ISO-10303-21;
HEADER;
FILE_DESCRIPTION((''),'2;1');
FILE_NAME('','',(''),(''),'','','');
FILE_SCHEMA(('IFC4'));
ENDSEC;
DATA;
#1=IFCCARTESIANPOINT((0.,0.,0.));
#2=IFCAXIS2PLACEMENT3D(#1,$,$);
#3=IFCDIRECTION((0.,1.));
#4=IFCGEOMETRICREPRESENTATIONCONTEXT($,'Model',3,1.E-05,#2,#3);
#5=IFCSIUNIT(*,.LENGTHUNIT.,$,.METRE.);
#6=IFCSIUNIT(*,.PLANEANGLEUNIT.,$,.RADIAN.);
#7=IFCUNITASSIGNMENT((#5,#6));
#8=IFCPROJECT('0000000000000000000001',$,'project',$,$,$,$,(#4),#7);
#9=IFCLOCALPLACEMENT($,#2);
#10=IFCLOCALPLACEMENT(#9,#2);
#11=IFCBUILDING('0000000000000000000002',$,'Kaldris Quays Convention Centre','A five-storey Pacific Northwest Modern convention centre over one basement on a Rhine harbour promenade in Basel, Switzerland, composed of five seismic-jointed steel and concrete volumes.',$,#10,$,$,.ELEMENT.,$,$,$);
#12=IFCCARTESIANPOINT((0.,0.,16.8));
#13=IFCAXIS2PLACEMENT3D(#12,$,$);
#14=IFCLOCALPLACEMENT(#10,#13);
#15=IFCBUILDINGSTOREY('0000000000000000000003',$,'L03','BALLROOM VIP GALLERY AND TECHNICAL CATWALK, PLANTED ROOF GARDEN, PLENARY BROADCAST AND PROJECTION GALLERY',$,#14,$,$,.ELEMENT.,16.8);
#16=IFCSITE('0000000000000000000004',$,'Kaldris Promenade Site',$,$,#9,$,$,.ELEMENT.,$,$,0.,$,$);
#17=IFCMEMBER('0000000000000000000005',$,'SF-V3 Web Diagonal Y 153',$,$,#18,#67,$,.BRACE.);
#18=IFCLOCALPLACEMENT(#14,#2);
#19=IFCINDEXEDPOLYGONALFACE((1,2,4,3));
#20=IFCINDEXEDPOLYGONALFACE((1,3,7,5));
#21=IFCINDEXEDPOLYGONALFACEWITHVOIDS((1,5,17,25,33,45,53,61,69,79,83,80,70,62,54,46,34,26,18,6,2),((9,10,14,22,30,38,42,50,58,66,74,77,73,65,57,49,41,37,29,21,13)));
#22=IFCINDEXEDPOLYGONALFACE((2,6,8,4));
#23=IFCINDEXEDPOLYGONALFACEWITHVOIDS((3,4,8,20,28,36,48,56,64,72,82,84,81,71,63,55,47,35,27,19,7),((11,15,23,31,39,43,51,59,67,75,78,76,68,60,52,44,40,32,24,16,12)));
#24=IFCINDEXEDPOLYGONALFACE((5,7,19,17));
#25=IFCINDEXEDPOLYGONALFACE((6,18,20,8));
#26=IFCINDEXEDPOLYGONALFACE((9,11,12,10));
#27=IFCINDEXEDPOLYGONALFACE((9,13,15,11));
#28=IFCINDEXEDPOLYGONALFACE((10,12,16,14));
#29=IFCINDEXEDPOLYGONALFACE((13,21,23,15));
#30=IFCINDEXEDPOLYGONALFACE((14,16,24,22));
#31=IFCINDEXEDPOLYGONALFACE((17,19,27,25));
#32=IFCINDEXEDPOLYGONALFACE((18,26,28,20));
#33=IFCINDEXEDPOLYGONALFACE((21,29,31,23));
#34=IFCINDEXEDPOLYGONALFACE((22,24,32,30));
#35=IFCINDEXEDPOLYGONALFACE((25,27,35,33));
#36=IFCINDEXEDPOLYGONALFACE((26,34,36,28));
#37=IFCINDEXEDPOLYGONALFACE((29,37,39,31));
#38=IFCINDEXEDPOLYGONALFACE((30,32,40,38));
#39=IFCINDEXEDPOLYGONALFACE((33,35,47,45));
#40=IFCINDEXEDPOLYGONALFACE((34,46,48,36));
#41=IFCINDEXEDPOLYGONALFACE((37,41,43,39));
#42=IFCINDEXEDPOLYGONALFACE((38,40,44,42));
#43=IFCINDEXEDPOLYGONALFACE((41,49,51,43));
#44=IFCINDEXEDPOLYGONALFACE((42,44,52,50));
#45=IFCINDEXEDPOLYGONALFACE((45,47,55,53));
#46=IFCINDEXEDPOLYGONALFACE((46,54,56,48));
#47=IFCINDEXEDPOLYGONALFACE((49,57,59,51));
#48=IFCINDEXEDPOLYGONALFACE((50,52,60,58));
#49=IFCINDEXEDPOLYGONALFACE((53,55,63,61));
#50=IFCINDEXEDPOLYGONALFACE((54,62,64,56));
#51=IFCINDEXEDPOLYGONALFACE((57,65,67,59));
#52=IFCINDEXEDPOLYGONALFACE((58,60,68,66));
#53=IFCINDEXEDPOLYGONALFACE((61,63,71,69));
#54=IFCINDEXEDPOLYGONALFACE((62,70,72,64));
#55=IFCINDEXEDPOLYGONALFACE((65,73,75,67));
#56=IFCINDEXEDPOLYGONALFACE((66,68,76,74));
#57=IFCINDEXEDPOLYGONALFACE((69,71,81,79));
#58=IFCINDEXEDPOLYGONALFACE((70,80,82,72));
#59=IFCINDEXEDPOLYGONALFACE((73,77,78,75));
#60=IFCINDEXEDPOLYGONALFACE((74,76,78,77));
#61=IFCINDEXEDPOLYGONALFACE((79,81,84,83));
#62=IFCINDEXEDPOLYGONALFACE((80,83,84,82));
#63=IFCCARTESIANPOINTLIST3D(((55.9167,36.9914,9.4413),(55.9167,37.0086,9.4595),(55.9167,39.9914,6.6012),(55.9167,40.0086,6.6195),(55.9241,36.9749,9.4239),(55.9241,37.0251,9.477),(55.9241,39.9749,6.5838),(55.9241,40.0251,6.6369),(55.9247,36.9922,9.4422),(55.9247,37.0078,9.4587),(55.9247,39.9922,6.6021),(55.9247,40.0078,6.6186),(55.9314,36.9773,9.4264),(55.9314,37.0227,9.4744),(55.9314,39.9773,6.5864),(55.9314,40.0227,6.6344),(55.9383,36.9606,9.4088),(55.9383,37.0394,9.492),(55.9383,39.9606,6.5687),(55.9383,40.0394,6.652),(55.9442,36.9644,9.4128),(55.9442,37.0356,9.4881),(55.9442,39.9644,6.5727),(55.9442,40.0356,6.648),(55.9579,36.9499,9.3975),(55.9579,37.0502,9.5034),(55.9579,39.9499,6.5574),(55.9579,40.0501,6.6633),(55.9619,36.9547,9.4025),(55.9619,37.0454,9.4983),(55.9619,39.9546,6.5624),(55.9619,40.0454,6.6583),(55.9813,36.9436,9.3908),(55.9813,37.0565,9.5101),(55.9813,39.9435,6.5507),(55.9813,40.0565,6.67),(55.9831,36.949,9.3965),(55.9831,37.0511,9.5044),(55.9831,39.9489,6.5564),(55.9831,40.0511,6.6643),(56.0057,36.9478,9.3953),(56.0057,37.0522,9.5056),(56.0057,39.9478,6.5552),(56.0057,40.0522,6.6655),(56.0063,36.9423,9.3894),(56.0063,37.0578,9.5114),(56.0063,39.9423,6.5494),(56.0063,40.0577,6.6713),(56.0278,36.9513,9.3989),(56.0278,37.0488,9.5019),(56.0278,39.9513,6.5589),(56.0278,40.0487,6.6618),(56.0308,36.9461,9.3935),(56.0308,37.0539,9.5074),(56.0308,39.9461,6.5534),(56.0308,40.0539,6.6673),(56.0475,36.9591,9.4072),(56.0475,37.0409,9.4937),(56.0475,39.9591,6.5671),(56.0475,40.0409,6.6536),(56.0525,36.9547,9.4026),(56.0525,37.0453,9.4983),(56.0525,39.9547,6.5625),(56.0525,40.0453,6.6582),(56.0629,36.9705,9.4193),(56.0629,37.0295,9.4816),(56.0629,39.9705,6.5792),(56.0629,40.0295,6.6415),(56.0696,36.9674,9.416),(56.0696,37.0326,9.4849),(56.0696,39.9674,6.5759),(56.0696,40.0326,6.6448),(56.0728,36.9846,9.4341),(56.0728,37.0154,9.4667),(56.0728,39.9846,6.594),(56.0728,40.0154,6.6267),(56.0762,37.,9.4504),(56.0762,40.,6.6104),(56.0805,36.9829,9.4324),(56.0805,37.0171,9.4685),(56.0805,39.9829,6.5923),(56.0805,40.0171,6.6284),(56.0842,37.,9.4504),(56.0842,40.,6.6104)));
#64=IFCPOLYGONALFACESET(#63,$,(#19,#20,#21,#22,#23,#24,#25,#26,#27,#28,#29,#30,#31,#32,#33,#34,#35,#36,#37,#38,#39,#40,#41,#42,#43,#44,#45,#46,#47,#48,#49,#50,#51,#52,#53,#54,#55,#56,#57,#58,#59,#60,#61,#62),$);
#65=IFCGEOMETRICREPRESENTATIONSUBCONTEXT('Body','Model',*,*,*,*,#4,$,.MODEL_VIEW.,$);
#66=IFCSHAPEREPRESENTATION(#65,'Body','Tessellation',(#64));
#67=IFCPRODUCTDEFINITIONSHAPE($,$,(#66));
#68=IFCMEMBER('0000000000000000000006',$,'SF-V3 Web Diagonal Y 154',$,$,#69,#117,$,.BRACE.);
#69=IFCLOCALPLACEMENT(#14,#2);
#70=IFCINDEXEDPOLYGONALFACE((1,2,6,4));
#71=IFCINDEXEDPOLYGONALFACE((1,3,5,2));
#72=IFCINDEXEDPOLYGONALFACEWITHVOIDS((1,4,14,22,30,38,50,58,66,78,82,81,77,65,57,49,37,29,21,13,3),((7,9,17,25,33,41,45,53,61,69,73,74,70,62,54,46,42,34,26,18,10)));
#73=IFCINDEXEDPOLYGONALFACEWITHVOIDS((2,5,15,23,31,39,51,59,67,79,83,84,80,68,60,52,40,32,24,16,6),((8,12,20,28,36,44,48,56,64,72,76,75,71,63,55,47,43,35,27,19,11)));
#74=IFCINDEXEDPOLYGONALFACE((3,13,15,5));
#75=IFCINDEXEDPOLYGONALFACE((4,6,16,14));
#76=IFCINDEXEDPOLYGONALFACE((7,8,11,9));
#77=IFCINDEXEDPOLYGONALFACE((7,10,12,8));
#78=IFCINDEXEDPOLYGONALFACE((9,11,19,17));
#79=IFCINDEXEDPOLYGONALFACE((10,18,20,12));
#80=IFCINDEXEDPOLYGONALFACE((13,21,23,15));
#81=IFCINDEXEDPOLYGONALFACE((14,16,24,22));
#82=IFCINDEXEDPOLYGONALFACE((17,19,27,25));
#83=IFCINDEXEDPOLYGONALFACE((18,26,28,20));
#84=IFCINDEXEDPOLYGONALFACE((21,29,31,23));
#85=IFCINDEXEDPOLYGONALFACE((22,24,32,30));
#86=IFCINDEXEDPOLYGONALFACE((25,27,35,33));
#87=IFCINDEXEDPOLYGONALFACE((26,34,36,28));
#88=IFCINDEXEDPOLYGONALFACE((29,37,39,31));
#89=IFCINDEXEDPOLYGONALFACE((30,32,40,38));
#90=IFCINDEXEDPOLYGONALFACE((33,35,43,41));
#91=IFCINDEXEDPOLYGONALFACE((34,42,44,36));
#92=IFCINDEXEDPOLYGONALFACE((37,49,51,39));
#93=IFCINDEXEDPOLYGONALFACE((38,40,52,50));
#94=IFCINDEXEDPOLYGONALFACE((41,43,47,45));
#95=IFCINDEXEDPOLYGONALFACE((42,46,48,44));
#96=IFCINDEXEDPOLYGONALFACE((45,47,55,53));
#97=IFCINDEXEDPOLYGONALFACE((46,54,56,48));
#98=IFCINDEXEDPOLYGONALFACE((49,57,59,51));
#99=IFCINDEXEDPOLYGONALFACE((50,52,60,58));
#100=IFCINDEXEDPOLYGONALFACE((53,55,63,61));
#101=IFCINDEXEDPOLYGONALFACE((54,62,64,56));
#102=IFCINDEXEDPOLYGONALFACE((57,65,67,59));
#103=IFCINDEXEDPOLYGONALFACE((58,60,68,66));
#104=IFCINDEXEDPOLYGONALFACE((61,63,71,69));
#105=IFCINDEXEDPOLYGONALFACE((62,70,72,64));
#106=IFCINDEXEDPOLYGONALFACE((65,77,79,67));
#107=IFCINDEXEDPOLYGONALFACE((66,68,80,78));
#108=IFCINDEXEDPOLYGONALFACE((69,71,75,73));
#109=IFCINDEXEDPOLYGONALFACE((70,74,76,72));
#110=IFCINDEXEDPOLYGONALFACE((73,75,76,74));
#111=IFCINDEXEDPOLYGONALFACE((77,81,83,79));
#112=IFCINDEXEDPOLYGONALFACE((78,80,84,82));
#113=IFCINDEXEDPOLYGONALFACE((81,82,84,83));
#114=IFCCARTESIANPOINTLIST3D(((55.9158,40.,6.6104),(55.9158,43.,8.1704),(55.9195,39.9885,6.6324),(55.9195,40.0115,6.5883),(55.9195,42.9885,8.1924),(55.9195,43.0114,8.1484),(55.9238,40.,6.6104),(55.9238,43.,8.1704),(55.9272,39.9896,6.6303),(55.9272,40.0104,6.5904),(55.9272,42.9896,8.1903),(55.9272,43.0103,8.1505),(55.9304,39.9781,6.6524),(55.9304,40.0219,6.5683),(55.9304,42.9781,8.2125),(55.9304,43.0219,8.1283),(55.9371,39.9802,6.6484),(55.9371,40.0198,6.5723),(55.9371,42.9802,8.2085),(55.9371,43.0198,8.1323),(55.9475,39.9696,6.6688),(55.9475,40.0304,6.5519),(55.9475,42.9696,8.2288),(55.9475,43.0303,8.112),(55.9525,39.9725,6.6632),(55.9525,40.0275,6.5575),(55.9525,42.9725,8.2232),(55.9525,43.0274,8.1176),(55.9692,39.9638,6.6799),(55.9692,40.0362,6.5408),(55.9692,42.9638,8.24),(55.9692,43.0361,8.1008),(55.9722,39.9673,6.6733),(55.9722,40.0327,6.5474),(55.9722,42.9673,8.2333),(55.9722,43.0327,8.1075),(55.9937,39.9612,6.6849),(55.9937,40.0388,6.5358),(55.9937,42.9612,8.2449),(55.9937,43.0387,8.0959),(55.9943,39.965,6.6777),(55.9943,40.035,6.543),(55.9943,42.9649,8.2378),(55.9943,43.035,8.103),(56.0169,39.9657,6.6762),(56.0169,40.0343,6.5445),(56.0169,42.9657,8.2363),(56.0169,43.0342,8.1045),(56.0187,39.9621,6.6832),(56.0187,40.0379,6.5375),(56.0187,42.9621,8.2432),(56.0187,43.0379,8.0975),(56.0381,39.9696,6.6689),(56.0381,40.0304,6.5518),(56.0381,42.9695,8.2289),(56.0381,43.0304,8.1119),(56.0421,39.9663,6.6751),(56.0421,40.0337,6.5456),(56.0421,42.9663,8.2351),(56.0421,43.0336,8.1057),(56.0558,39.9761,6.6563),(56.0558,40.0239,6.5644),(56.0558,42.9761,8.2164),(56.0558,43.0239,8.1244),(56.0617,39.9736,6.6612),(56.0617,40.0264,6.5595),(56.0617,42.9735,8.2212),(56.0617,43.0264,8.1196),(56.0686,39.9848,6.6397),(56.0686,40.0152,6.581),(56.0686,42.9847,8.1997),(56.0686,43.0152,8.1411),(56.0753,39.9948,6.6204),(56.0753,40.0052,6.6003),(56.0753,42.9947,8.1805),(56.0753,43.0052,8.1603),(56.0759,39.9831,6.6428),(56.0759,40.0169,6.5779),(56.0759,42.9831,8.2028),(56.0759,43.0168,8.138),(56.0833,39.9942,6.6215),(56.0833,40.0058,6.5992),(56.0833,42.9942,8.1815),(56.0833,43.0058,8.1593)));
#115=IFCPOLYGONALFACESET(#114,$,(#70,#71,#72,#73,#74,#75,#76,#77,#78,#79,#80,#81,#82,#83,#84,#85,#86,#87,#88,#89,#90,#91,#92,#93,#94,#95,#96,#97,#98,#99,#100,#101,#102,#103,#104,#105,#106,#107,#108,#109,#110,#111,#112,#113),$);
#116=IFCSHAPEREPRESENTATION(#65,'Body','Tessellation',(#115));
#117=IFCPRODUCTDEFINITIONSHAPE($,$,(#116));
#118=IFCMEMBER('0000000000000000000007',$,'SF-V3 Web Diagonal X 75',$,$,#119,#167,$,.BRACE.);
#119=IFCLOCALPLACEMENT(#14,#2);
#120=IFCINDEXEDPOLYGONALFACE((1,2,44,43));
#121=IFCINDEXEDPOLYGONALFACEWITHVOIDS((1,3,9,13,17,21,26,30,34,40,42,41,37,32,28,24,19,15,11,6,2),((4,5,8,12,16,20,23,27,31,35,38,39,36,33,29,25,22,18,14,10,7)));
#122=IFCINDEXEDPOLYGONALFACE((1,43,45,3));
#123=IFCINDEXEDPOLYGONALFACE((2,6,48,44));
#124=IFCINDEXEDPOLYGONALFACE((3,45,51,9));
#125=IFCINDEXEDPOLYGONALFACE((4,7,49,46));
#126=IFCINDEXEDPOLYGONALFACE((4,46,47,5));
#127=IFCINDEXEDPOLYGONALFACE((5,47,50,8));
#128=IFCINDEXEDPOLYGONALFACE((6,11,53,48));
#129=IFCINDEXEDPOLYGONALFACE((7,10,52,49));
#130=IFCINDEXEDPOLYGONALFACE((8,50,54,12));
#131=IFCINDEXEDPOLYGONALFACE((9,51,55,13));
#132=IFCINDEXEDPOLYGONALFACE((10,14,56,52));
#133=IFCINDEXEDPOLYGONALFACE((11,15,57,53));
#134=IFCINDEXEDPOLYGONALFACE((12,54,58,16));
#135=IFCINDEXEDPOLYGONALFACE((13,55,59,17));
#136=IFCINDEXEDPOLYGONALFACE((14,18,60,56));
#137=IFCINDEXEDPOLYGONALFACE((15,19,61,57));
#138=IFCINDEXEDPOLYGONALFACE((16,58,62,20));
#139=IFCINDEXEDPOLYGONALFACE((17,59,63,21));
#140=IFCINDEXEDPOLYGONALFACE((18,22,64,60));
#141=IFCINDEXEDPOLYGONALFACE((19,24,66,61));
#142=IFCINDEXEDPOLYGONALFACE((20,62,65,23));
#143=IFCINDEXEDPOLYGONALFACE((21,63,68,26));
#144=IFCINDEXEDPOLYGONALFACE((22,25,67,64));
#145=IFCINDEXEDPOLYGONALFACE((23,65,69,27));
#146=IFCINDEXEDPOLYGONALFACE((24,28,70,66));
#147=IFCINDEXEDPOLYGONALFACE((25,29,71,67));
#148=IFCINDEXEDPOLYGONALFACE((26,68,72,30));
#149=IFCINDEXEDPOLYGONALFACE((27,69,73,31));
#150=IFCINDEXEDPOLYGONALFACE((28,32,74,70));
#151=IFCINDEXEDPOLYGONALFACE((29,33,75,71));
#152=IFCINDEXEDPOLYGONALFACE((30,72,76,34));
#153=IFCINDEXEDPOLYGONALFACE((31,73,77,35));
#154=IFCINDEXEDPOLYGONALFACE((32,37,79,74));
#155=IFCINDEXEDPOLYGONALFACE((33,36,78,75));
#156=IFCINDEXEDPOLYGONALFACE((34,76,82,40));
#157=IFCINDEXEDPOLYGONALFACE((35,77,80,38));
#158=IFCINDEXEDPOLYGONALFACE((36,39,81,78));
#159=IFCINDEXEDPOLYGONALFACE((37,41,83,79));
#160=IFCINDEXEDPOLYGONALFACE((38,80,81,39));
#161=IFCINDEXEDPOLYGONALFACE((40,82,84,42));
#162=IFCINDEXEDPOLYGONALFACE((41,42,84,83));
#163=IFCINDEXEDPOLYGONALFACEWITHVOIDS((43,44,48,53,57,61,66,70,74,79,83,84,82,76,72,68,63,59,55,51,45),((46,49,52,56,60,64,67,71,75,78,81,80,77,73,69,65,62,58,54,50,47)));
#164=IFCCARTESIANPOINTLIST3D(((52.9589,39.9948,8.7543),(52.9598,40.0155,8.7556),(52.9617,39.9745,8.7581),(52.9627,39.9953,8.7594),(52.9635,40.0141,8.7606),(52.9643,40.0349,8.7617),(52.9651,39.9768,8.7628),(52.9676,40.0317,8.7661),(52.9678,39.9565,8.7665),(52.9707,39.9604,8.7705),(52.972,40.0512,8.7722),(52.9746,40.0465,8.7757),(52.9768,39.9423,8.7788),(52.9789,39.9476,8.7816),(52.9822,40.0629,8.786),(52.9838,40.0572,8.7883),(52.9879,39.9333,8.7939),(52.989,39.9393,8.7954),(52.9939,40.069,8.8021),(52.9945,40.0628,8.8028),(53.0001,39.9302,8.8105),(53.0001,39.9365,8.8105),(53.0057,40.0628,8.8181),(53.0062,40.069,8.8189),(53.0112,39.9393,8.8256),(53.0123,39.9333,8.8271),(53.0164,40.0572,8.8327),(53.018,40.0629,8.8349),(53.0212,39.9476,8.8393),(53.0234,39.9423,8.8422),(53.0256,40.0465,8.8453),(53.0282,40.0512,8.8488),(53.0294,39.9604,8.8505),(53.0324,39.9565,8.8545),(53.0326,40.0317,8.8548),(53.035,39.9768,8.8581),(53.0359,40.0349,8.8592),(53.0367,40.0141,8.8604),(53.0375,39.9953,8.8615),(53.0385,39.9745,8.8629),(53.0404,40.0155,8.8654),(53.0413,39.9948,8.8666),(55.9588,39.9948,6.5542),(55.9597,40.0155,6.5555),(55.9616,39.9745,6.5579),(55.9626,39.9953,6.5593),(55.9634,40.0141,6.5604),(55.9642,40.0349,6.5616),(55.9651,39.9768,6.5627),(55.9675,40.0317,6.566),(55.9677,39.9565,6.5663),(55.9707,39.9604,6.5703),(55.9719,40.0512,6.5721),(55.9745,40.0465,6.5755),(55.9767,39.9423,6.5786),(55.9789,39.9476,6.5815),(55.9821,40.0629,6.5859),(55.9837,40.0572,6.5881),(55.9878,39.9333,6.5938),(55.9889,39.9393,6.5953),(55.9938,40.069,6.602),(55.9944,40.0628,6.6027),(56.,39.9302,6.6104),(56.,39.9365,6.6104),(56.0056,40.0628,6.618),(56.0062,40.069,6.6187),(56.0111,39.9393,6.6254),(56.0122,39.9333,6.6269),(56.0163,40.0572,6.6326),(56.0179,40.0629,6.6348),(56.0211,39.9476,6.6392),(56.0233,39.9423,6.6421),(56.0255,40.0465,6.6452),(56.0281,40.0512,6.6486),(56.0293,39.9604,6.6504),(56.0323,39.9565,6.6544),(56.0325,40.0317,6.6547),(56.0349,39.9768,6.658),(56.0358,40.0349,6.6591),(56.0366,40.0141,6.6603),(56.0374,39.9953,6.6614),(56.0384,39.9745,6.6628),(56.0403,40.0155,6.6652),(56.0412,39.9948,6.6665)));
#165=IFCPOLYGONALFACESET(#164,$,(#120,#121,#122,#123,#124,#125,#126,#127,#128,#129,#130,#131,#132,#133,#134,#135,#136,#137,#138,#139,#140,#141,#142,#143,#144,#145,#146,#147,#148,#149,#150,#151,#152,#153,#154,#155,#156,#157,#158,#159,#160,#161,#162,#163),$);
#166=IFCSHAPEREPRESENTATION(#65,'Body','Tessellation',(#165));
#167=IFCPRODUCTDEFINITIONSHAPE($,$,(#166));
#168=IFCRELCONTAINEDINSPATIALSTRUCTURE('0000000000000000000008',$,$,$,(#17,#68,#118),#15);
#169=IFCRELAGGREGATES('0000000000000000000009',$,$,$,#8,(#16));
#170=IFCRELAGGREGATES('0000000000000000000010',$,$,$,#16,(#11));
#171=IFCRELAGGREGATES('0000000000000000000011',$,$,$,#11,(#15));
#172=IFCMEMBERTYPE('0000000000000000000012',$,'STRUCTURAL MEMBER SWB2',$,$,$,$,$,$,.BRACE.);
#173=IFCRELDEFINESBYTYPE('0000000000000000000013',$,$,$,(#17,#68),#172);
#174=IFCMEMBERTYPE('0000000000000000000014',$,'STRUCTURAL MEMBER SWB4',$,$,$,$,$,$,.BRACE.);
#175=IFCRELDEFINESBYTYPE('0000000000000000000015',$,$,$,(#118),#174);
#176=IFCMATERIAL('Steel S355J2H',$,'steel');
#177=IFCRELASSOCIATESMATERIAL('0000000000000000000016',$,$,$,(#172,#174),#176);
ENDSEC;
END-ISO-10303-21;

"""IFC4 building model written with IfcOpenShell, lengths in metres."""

from ifc_helpers import new_model, si_unit, direction, frame, origin, origin_2d, place, context, subcontext, project, spatial, hollow_circle, extrude, material, material_profile, profile_set, type_object, element, save


model = new_model("IFC4")

# Units and contexts
model_context = context("Model", 3, precision=1e-05, world=origin(), true_north=direction((0.0, 1.0)))
body_context = subcontext(model_context, "Body", "Model", "MODEL_VIEW")
ifc_project = project(units=[si_unit("LENGTHUNIT", "METRE"), si_unit("PLANEANGLEUNIT", "RADIAN")], contexts=[model_context])

# Site, building, storey
site_placement = place(None, origin())
site = spatial("IfcSite", under=ifc_project, at=site_placement, Name="Kaldris Promenade Site", CompositionType="ELEMENT", RefElevation=0.0)
building_placement = place(site_placement, origin())
building = spatial("IfcBuilding", under=site, at=building_placement, Name="Kaldris Quays Convention Centre", Description="A five-storey Pacific Northwest Modern convention centre over one basement on a Rhine harbour promenade in Basel, Switzerland, composed of five seismic-jointed steel and concrete volumes.", CompositionType="ELEMENT")
storey_placement = place(building_placement, frame((0.0, 0.0, 16.8)))
storey = spatial("IfcBuildingStorey", under=building, at=storey_placement, Name="L03", Description="BALLROOM VIP GALLERY AND TECHNICAL CATWALK, PLANTED ROOF GARDEN, PLENARY BROADCAST AND PROJECTION GALLERY", CompositionType="ELEMENT", Elevation=16.8)

# Members
ifc_material_1 = material(Name="Steel S355J2H", Category="steel")
ifc_material_profile_1 = material_profile(ifc_material_1, hollow_circle(Radius=0.0842, WallThickness=0.0081, at=origin_2d()), Name="CHS 168.3x8")
ifc_profile_set_1 = profile_set([ifc_material_profile_1], Name="Steel S355J2H")
member_type_1 = type_object("IfcMemberType", Name="STRUCTURAL MEMBER SWB2", PredefinedType="BRACE", material=ifc_profile_set_1)
member_1_placement = place(storey_placement, frame((56.0, 40.0, 6.6104), z_axis=(0.0, -0.726196, 0.687487), x_axis=(1.0, 0.0, 0.0)))
element("IfcMember", 1, at=member_1_placement, inside=storey, type_object=member_type_1, Name="SF-V3 Web Diagonal Y 153", PredefinedType="BRACE", context=body_context, shape_type="SweptSolid", body=[
    extrude(hollow_circle(Radius=0.0842, WallThickness=0.0081, at=origin_2d()), origin(), (0.0, 0.0, 1.0), 4.1311),
])
member_2_placement = place(storey_placement, frame((56.0, 40.0, 6.6104), z_axis=(0.0, 0.88721, 0.461366), x_axis=(-1.0, 0.0, 0.0)))
element("IfcMember", 2, at=member_2_placement, inside=storey, type_object=member_type_1, Name="SF-V3 Web Diagonal Y 154", PredefinedType="BRACE", context=body_context, shape_type="SweptSolid", body=[
    extrude(hollow_circle(Radius=0.0842, WallThickness=0.0081, at=origin_2d()), origin(), (0.0, 0.0, 1.0), 3.3813),
])
ifc_material_profile_2 = material_profile(ifc_material_1, hollow_circle(Radius=0.0698, WallThickness=0.0063, at=origin_2d()), Name="CHS 139.7x6.3")
ifc_profile_set_2 = profile_set([ifc_material_profile_2], Name="Steel S355J2H")
member_type_2 = type_object("IfcMemberType", Name="STRUCTURAL MEMBER SWB4", PredefinedType="BRACE", material=ifc_profile_set_2)
for number, where, z_axis, x_axis, name in (
    (3, (56.0, 40.0, 6.6104), (-0.80638, 0.0, 0.591398), (0.0, -1.0, 0.0), "SF-V3 Web Diagonal X 75"),
):
    element("IfcMember", number, at=place(storey_placement, frame(where, z_axis=z_axis, x_axis=x_axis)), inside=storey, type_object=member_type_2, Name=name, PredefinedType="BRACE", context=body_context, shape_type="SweptSolid", body=[
        extrude(hollow_circle(Radius=0.0698, WallThickness=0.0063, at=origin_2d()), origin(), (0.0, 0.0, 1.0), 3.7202),
    ])

save(model, "model.ifc")
